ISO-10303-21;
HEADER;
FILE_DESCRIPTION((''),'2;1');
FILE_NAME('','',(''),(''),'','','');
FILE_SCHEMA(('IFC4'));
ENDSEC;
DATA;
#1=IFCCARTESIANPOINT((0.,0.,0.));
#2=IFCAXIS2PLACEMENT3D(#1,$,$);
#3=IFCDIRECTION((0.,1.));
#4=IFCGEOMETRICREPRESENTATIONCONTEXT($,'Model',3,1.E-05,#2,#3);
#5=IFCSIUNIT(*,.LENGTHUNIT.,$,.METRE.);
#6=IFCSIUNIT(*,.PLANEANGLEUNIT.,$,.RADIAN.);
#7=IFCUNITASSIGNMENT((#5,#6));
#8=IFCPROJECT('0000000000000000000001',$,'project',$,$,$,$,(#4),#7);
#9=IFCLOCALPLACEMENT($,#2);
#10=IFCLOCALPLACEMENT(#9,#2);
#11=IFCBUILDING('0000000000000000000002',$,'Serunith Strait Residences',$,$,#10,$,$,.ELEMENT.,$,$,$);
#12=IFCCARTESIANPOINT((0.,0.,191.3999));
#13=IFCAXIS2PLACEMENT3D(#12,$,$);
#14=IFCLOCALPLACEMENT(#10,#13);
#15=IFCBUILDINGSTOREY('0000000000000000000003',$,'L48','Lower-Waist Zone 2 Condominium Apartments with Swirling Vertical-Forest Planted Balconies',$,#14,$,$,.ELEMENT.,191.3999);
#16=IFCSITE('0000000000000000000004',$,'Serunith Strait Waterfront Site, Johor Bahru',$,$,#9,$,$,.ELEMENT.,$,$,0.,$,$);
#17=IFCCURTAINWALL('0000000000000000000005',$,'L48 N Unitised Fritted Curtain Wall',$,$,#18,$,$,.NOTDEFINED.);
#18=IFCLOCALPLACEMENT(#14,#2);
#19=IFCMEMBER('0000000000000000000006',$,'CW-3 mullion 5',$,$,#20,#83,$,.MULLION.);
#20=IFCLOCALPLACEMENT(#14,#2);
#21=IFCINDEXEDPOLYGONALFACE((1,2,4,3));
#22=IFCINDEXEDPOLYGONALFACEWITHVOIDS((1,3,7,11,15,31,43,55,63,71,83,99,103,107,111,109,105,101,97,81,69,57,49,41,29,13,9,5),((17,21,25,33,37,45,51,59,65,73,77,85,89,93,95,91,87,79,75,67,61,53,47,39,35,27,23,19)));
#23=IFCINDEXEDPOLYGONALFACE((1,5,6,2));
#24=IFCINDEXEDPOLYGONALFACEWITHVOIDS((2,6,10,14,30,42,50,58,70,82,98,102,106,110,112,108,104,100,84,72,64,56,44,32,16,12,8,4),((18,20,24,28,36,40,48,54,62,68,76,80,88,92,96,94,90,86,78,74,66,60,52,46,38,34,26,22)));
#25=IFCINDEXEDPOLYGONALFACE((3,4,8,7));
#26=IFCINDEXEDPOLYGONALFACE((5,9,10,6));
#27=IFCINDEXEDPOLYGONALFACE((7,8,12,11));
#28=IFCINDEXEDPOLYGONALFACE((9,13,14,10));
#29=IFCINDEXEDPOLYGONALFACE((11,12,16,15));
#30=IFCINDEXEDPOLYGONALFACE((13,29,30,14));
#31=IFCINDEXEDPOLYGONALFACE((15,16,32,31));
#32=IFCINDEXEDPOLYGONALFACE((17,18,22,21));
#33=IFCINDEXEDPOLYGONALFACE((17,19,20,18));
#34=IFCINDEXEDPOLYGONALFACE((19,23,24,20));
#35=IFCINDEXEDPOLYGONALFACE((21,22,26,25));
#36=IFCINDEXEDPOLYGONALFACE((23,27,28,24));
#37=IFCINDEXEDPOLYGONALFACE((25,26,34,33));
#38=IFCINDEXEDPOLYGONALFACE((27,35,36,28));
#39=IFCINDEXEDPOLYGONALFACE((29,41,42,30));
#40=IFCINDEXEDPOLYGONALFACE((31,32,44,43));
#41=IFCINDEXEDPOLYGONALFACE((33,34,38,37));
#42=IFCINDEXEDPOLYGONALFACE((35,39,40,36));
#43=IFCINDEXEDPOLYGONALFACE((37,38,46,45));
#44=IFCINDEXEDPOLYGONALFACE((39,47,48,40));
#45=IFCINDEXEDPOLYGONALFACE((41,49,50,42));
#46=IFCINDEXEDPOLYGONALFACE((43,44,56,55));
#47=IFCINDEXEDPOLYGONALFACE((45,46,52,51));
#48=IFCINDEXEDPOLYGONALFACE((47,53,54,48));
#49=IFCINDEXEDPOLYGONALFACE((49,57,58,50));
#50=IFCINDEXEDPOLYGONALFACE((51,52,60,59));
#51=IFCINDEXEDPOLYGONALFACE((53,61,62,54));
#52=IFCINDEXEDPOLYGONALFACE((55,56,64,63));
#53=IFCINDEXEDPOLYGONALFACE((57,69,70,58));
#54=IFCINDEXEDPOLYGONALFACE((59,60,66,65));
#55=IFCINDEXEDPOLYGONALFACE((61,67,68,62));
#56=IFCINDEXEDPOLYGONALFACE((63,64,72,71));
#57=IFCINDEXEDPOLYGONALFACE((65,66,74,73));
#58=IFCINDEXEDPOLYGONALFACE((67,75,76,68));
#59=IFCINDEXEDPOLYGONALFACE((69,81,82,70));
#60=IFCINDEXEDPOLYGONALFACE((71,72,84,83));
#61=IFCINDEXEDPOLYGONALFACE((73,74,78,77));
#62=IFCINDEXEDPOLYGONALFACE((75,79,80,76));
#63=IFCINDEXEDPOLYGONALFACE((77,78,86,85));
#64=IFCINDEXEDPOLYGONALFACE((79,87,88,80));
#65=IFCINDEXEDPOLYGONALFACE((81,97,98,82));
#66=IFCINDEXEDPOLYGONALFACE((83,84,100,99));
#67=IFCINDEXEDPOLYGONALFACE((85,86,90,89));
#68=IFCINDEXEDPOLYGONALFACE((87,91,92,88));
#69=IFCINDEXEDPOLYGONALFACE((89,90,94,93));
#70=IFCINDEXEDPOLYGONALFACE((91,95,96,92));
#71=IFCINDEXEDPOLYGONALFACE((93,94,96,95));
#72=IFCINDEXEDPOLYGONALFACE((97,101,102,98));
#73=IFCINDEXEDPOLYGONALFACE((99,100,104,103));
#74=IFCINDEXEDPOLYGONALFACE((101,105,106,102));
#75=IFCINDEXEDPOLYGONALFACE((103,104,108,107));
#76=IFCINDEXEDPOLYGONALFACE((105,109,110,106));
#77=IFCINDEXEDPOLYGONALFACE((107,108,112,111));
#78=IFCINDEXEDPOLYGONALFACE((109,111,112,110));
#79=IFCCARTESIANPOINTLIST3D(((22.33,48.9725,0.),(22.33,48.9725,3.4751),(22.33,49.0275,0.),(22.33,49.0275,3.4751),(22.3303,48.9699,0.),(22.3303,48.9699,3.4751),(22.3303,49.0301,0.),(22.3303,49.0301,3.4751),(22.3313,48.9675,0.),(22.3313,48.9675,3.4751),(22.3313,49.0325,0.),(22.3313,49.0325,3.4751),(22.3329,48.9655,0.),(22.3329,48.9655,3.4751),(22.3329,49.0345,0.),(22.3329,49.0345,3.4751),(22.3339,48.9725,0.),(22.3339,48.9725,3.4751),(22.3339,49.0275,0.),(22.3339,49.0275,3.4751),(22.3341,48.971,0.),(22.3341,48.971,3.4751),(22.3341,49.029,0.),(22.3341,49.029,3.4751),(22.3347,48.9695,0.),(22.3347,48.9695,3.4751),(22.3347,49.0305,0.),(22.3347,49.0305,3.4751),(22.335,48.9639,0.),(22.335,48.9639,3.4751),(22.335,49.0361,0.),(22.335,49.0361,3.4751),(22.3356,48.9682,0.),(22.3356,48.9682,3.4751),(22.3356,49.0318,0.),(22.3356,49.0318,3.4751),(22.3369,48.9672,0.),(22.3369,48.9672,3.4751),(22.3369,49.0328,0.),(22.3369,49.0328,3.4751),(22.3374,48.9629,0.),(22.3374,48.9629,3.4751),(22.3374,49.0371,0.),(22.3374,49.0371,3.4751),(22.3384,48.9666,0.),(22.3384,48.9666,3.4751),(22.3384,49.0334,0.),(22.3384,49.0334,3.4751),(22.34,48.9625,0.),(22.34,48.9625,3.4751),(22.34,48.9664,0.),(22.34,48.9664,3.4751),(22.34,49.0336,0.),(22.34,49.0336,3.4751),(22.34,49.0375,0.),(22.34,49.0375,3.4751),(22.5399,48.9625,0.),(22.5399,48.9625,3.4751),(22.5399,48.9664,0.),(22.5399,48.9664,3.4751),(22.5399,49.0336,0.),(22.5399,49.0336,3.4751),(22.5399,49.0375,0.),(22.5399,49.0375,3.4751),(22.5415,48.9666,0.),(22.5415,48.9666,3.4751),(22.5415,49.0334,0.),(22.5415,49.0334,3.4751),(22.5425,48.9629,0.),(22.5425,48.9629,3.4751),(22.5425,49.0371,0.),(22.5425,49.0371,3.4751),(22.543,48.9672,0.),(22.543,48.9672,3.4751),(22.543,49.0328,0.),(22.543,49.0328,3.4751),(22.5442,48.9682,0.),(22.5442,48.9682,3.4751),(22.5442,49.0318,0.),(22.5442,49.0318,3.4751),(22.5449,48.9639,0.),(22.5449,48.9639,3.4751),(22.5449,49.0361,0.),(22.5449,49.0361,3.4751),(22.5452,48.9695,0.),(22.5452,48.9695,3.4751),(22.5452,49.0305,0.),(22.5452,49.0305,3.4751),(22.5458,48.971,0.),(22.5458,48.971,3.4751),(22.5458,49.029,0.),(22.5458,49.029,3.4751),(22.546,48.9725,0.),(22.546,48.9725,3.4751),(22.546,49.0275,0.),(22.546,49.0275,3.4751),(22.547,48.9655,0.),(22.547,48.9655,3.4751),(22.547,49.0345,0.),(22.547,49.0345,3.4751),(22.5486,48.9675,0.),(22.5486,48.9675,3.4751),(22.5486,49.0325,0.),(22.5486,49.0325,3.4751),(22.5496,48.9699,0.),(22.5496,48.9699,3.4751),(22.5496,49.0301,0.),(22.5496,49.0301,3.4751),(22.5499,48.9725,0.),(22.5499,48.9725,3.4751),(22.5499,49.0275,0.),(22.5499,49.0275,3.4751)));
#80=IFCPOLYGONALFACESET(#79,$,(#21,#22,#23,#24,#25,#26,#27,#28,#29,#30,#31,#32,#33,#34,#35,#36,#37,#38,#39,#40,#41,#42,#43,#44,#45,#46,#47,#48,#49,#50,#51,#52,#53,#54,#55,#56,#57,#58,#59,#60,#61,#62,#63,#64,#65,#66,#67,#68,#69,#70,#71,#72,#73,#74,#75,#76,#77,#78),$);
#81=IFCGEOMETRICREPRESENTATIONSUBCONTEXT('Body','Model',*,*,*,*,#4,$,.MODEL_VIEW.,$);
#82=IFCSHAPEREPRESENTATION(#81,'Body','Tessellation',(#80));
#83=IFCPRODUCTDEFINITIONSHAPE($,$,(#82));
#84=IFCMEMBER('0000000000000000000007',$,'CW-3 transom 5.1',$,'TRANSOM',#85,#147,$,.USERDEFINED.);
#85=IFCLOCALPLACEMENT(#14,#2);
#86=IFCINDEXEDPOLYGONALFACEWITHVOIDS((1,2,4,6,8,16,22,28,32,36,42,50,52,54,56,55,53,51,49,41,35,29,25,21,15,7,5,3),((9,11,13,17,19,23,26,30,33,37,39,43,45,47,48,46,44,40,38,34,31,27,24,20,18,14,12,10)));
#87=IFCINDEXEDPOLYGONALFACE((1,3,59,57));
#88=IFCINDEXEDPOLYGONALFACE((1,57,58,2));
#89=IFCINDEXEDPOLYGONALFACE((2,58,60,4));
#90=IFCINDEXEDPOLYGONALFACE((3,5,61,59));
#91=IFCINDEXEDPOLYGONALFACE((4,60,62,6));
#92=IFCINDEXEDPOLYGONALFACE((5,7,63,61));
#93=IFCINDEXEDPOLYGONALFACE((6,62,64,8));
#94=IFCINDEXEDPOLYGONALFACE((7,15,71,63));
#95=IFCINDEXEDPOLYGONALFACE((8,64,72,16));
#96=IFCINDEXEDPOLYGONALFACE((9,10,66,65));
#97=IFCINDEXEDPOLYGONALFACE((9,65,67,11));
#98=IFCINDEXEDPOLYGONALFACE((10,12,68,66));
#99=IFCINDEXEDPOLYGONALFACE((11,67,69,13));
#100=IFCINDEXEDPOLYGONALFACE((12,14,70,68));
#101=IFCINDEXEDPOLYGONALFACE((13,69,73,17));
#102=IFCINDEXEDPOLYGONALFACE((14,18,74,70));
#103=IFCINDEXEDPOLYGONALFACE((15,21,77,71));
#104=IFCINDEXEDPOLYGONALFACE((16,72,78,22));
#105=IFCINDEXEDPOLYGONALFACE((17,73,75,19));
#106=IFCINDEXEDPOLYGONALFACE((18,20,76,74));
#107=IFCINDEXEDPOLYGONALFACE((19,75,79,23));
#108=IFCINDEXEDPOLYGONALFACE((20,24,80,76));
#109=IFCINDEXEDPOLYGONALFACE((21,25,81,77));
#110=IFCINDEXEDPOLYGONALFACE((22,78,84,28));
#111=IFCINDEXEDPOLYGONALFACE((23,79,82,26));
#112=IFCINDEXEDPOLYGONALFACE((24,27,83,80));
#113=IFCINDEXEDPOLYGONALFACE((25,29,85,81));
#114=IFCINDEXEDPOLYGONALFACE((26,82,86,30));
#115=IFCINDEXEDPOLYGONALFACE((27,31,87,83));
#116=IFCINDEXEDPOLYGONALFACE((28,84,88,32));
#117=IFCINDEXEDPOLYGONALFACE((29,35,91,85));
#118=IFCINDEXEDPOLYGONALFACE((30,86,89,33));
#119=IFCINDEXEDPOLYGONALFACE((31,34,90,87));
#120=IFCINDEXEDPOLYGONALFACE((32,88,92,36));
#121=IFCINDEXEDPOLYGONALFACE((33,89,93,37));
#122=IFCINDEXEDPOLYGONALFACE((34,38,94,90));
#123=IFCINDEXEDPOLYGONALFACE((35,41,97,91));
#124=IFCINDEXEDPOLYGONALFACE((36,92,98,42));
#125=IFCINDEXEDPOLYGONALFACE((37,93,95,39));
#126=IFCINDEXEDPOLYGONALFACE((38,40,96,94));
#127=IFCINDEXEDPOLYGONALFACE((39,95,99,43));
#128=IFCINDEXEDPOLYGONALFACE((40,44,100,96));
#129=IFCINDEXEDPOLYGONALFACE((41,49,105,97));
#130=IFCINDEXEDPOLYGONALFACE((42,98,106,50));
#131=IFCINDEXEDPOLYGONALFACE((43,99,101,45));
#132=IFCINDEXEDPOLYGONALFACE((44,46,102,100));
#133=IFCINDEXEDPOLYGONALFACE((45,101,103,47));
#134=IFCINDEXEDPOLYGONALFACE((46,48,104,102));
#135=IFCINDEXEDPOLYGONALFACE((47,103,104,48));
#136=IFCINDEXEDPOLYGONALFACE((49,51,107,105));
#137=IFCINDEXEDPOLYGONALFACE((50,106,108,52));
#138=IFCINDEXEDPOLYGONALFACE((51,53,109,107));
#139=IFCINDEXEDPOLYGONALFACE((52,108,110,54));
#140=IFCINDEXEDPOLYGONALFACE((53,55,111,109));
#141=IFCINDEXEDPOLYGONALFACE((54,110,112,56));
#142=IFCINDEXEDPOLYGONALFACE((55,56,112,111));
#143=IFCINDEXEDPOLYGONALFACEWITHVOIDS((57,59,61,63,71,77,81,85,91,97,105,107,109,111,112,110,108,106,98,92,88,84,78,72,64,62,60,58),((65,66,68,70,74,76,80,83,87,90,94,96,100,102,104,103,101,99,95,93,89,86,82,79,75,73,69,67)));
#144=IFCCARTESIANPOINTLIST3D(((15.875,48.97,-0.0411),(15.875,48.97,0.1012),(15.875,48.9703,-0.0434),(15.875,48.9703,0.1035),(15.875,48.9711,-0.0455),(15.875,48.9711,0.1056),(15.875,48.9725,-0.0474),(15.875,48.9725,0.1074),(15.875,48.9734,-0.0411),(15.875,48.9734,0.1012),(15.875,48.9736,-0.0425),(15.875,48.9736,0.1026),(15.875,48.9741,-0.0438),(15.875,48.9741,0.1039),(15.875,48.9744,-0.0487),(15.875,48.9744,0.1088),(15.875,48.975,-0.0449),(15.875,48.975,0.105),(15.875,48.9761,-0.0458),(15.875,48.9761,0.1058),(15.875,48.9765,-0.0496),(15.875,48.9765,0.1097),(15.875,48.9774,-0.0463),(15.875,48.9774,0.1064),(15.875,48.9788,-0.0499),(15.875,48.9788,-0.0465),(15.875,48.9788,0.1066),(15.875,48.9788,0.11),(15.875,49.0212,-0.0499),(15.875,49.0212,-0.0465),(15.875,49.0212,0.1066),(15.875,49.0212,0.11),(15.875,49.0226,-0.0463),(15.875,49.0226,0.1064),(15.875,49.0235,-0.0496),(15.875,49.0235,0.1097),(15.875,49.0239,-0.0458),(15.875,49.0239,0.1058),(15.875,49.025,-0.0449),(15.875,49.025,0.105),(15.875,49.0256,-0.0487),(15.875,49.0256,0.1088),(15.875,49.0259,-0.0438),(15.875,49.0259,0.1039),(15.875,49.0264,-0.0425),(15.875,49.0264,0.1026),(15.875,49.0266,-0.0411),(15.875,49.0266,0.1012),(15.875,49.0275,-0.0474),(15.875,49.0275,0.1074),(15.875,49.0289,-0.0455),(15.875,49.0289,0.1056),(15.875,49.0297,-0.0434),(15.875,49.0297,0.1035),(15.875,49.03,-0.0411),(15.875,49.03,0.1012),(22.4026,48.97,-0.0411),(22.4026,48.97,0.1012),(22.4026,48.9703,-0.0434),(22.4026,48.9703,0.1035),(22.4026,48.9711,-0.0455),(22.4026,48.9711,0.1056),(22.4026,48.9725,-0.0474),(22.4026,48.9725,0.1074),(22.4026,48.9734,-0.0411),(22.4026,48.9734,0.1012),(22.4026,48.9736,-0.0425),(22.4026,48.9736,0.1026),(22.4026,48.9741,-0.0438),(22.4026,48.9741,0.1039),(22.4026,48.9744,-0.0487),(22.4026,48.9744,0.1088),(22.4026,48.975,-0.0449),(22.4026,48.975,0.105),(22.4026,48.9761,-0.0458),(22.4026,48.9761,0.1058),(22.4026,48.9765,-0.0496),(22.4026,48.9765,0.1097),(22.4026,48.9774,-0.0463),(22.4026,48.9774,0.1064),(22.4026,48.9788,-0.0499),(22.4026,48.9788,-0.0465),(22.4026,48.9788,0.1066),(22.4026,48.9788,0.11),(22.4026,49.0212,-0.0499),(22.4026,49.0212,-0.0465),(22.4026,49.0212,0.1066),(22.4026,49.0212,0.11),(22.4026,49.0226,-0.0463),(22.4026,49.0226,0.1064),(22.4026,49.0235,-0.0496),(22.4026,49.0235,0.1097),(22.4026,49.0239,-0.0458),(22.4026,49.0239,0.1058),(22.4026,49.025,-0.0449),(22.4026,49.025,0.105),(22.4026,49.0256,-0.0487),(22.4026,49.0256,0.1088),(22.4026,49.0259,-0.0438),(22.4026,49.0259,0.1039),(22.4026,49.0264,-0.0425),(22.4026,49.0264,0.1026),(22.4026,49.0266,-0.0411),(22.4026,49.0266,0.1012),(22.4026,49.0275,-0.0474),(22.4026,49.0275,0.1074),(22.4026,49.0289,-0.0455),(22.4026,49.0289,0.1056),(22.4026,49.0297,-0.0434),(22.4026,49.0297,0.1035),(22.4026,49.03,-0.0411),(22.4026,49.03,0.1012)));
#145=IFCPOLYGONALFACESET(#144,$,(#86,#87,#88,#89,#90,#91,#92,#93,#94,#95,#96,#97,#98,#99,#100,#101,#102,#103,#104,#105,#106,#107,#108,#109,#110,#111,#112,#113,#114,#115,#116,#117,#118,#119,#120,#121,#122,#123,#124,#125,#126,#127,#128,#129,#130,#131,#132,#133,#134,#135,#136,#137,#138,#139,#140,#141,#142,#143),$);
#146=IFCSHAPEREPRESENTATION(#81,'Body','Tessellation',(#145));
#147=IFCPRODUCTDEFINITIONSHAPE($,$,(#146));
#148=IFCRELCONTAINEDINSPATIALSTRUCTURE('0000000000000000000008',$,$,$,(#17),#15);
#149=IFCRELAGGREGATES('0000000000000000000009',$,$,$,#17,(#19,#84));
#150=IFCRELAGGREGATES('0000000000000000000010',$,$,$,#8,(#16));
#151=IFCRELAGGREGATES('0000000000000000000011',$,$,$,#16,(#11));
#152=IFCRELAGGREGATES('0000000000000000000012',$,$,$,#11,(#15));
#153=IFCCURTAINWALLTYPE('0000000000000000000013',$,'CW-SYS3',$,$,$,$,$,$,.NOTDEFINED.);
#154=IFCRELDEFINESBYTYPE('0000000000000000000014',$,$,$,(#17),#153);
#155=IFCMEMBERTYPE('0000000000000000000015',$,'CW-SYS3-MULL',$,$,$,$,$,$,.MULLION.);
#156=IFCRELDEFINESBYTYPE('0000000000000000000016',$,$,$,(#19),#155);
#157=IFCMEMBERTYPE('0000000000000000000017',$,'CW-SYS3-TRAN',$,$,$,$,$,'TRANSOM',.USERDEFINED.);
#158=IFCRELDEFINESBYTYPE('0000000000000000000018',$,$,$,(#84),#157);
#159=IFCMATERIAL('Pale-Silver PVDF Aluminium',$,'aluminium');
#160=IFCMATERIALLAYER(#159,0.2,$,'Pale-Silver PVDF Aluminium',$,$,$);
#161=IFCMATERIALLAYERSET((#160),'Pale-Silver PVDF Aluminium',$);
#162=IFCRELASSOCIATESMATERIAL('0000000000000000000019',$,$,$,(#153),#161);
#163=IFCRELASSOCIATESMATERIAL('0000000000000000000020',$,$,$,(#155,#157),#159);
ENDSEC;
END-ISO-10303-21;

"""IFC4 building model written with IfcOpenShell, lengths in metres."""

from ifc_helpers import new_model, si_unit, direction, frame, origin, origin_2d, place, context, subcontext, project, spatial, hollow_rectangle, extrude, source, transform, mapped, material, layer, layer_set, material_profile, profile_set, type_object, element, aggregate, save


model = new_model("IFC4")

# Units and contexts
model_context = context("Model", 3, precision=1e-05, world=origin(), true_north=direction((0.0, 1.0)))
body_context = subcontext(model_context, "Body", "Model", "MODEL_VIEW")
ifc_project = project(units=[si_unit("LENGTHUNIT", "METRE"), si_unit("PLANEANGLEUNIT", "RADIAN")], contexts=[model_context])

# Site, building, storey
site_placement = place(None, origin())
site = spatial("IfcSite", under=ifc_project, at=site_placement, Name="Serunith Strait Waterfront Site, Johor Bahru", CompositionType="ELEMENT", RefElevation=0.0)
building_placement = place(site_placement, origin())
building = spatial("IfcBuilding", under=site, at=building_placement, Name="Serunith Strait Residences", CompositionType="ELEMENT")
storey_placement = place(building_placement, frame((0.0, 0.0, 191.3999)))
storey = spatial("IfcBuildingStorey", under=building, at=storey_placement, Name="L48", Description="Lower-Waist Zone 2 Condominium Apartments with Swirling Vertical-Forest Planted Balconies", CompositionType="ELEMENT", Elevation=191.3999)

# Curtain wall, members
ifc_material_1 = material(Name="Pale-Silver PVDF Aluminium", Category="aluminium")
ifc_layer_1 = layer(ifc_material_1, 0.2, Name="Pale-Silver PVDF Aluminium")
ifc_layer_set_1 = layer_set([ifc_layer_1], Name="Pale-Silver PVDF Aluminium")
curtain_wall_type = type_object("IfcCurtainWallType", Name="CW-SYS3", PredefinedType="NOTDEFINED", material=ifc_layer_set_1)
curtain_wall_placement = place(storey_placement, origin())
curtain_wall = element("IfcCurtainWall", 1, at=curtain_wall_placement, inside=storey, type_object=curtain_wall_type, Name="L48 N Unitised Fritted Curtain Wall", PredefinedType="NOTDEFINED")
ifc_material_profile_1 = material_profile(ifc_material_1, hollow_rectangle(XDim=0.075, YDim=0.22, WallThickness=0.0039, InnerFilletRadius=0.0061, OuterFilletRadius=0.01, at=origin_2d()), Name="ALU 220x75x4")
ifc_profile_set_1 = profile_set([ifc_material_profile_1], Name="Pale-Silver PVDF Aluminium")
member_type_1 = type_object("IfcMemberType", Name="CW-SYS3-MULL", PredefinedType="MULLION", material=ifc_profile_set_1)
shared_shape_1 = source(origin(), body_context, "Body", "SweptSolid", [
    extrude(hollow_rectangle(XDim=0.075, YDim=0.22, WallThickness=0.0039, InnerFilletRadius=0.0061, OuterFilletRadius=0.01, at=origin_2d()), origin(), (0.0, 0.0, 1.0), 3.4751),
])
member_1_placement = place(storey_placement, frame((22.4399, 49.0, 0.0), z_axis=(0.0, 0.0, 1.0), x_axis=(0.0, -1.0, 0.0)))
member_1 = element("IfcMember", 2, at=member_1_placement, type_object=member_type_1, Name="CW-3 mullion 5", PredefinedType="MULLION", context=body_context, shape_type="MappedRepresentation", body=[
    mapped(shared_shape_1, transform((0.0, 0.0, 0.0), scale=1.0)),
])
ifc_material_profile_2 = material_profile(ifc_material_1, hollow_rectangle(XDim=0.0601, YDim=0.1599, WallThickness=0.0034, InnerFilletRadius=0.0054, OuterFilletRadius=0.0088, at=origin_2d()), Name="ALU 160x60x3.5")
ifc_profile_set_2 = profile_set([ifc_material_profile_2], Name="Pale-Silver PVDF Aluminium")
member_type_2 = type_object("IfcMemberType", Name="CW-SYS3-TRAN", ElementType="TRANSOM", PredefinedType="USERDEFINED", material=ifc_profile_set_2)
shared_shape_2 = source(origin(), body_context, "Body", "SweptSolid", [
    extrude(hollow_rectangle(XDim=0.0601, YDim=0.1599, WallThickness=0.0034, InnerFilletRadius=0.0054, OuterFilletRadius=0.0088, at=origin_2d()), origin(), (0.0, 0.0, 1.0), 6.5276),
])
member_2_placement = place(storey_placement, frame((22.4026, 49.0, 0.03), z_axis=(-1.0, 0.0, 0.0), x_axis=(0.0, -1.0, 0.0)))
member_2 = element("IfcMember", 3, at=member_2_placement, type_object=member_type_2, Name="CW-3 transom 5.1", ObjectType="TRANSOM", PredefinedType="USERDEFINED", context=body_context, shape_type="MappedRepresentation", body=[
    mapped(shared_shape_2, transform((0.0, 0.0, 0.0), scale=1.0)),
])
aggregate(curtain_wall, [member_1, member_2])

save(model, "model.ifc")
